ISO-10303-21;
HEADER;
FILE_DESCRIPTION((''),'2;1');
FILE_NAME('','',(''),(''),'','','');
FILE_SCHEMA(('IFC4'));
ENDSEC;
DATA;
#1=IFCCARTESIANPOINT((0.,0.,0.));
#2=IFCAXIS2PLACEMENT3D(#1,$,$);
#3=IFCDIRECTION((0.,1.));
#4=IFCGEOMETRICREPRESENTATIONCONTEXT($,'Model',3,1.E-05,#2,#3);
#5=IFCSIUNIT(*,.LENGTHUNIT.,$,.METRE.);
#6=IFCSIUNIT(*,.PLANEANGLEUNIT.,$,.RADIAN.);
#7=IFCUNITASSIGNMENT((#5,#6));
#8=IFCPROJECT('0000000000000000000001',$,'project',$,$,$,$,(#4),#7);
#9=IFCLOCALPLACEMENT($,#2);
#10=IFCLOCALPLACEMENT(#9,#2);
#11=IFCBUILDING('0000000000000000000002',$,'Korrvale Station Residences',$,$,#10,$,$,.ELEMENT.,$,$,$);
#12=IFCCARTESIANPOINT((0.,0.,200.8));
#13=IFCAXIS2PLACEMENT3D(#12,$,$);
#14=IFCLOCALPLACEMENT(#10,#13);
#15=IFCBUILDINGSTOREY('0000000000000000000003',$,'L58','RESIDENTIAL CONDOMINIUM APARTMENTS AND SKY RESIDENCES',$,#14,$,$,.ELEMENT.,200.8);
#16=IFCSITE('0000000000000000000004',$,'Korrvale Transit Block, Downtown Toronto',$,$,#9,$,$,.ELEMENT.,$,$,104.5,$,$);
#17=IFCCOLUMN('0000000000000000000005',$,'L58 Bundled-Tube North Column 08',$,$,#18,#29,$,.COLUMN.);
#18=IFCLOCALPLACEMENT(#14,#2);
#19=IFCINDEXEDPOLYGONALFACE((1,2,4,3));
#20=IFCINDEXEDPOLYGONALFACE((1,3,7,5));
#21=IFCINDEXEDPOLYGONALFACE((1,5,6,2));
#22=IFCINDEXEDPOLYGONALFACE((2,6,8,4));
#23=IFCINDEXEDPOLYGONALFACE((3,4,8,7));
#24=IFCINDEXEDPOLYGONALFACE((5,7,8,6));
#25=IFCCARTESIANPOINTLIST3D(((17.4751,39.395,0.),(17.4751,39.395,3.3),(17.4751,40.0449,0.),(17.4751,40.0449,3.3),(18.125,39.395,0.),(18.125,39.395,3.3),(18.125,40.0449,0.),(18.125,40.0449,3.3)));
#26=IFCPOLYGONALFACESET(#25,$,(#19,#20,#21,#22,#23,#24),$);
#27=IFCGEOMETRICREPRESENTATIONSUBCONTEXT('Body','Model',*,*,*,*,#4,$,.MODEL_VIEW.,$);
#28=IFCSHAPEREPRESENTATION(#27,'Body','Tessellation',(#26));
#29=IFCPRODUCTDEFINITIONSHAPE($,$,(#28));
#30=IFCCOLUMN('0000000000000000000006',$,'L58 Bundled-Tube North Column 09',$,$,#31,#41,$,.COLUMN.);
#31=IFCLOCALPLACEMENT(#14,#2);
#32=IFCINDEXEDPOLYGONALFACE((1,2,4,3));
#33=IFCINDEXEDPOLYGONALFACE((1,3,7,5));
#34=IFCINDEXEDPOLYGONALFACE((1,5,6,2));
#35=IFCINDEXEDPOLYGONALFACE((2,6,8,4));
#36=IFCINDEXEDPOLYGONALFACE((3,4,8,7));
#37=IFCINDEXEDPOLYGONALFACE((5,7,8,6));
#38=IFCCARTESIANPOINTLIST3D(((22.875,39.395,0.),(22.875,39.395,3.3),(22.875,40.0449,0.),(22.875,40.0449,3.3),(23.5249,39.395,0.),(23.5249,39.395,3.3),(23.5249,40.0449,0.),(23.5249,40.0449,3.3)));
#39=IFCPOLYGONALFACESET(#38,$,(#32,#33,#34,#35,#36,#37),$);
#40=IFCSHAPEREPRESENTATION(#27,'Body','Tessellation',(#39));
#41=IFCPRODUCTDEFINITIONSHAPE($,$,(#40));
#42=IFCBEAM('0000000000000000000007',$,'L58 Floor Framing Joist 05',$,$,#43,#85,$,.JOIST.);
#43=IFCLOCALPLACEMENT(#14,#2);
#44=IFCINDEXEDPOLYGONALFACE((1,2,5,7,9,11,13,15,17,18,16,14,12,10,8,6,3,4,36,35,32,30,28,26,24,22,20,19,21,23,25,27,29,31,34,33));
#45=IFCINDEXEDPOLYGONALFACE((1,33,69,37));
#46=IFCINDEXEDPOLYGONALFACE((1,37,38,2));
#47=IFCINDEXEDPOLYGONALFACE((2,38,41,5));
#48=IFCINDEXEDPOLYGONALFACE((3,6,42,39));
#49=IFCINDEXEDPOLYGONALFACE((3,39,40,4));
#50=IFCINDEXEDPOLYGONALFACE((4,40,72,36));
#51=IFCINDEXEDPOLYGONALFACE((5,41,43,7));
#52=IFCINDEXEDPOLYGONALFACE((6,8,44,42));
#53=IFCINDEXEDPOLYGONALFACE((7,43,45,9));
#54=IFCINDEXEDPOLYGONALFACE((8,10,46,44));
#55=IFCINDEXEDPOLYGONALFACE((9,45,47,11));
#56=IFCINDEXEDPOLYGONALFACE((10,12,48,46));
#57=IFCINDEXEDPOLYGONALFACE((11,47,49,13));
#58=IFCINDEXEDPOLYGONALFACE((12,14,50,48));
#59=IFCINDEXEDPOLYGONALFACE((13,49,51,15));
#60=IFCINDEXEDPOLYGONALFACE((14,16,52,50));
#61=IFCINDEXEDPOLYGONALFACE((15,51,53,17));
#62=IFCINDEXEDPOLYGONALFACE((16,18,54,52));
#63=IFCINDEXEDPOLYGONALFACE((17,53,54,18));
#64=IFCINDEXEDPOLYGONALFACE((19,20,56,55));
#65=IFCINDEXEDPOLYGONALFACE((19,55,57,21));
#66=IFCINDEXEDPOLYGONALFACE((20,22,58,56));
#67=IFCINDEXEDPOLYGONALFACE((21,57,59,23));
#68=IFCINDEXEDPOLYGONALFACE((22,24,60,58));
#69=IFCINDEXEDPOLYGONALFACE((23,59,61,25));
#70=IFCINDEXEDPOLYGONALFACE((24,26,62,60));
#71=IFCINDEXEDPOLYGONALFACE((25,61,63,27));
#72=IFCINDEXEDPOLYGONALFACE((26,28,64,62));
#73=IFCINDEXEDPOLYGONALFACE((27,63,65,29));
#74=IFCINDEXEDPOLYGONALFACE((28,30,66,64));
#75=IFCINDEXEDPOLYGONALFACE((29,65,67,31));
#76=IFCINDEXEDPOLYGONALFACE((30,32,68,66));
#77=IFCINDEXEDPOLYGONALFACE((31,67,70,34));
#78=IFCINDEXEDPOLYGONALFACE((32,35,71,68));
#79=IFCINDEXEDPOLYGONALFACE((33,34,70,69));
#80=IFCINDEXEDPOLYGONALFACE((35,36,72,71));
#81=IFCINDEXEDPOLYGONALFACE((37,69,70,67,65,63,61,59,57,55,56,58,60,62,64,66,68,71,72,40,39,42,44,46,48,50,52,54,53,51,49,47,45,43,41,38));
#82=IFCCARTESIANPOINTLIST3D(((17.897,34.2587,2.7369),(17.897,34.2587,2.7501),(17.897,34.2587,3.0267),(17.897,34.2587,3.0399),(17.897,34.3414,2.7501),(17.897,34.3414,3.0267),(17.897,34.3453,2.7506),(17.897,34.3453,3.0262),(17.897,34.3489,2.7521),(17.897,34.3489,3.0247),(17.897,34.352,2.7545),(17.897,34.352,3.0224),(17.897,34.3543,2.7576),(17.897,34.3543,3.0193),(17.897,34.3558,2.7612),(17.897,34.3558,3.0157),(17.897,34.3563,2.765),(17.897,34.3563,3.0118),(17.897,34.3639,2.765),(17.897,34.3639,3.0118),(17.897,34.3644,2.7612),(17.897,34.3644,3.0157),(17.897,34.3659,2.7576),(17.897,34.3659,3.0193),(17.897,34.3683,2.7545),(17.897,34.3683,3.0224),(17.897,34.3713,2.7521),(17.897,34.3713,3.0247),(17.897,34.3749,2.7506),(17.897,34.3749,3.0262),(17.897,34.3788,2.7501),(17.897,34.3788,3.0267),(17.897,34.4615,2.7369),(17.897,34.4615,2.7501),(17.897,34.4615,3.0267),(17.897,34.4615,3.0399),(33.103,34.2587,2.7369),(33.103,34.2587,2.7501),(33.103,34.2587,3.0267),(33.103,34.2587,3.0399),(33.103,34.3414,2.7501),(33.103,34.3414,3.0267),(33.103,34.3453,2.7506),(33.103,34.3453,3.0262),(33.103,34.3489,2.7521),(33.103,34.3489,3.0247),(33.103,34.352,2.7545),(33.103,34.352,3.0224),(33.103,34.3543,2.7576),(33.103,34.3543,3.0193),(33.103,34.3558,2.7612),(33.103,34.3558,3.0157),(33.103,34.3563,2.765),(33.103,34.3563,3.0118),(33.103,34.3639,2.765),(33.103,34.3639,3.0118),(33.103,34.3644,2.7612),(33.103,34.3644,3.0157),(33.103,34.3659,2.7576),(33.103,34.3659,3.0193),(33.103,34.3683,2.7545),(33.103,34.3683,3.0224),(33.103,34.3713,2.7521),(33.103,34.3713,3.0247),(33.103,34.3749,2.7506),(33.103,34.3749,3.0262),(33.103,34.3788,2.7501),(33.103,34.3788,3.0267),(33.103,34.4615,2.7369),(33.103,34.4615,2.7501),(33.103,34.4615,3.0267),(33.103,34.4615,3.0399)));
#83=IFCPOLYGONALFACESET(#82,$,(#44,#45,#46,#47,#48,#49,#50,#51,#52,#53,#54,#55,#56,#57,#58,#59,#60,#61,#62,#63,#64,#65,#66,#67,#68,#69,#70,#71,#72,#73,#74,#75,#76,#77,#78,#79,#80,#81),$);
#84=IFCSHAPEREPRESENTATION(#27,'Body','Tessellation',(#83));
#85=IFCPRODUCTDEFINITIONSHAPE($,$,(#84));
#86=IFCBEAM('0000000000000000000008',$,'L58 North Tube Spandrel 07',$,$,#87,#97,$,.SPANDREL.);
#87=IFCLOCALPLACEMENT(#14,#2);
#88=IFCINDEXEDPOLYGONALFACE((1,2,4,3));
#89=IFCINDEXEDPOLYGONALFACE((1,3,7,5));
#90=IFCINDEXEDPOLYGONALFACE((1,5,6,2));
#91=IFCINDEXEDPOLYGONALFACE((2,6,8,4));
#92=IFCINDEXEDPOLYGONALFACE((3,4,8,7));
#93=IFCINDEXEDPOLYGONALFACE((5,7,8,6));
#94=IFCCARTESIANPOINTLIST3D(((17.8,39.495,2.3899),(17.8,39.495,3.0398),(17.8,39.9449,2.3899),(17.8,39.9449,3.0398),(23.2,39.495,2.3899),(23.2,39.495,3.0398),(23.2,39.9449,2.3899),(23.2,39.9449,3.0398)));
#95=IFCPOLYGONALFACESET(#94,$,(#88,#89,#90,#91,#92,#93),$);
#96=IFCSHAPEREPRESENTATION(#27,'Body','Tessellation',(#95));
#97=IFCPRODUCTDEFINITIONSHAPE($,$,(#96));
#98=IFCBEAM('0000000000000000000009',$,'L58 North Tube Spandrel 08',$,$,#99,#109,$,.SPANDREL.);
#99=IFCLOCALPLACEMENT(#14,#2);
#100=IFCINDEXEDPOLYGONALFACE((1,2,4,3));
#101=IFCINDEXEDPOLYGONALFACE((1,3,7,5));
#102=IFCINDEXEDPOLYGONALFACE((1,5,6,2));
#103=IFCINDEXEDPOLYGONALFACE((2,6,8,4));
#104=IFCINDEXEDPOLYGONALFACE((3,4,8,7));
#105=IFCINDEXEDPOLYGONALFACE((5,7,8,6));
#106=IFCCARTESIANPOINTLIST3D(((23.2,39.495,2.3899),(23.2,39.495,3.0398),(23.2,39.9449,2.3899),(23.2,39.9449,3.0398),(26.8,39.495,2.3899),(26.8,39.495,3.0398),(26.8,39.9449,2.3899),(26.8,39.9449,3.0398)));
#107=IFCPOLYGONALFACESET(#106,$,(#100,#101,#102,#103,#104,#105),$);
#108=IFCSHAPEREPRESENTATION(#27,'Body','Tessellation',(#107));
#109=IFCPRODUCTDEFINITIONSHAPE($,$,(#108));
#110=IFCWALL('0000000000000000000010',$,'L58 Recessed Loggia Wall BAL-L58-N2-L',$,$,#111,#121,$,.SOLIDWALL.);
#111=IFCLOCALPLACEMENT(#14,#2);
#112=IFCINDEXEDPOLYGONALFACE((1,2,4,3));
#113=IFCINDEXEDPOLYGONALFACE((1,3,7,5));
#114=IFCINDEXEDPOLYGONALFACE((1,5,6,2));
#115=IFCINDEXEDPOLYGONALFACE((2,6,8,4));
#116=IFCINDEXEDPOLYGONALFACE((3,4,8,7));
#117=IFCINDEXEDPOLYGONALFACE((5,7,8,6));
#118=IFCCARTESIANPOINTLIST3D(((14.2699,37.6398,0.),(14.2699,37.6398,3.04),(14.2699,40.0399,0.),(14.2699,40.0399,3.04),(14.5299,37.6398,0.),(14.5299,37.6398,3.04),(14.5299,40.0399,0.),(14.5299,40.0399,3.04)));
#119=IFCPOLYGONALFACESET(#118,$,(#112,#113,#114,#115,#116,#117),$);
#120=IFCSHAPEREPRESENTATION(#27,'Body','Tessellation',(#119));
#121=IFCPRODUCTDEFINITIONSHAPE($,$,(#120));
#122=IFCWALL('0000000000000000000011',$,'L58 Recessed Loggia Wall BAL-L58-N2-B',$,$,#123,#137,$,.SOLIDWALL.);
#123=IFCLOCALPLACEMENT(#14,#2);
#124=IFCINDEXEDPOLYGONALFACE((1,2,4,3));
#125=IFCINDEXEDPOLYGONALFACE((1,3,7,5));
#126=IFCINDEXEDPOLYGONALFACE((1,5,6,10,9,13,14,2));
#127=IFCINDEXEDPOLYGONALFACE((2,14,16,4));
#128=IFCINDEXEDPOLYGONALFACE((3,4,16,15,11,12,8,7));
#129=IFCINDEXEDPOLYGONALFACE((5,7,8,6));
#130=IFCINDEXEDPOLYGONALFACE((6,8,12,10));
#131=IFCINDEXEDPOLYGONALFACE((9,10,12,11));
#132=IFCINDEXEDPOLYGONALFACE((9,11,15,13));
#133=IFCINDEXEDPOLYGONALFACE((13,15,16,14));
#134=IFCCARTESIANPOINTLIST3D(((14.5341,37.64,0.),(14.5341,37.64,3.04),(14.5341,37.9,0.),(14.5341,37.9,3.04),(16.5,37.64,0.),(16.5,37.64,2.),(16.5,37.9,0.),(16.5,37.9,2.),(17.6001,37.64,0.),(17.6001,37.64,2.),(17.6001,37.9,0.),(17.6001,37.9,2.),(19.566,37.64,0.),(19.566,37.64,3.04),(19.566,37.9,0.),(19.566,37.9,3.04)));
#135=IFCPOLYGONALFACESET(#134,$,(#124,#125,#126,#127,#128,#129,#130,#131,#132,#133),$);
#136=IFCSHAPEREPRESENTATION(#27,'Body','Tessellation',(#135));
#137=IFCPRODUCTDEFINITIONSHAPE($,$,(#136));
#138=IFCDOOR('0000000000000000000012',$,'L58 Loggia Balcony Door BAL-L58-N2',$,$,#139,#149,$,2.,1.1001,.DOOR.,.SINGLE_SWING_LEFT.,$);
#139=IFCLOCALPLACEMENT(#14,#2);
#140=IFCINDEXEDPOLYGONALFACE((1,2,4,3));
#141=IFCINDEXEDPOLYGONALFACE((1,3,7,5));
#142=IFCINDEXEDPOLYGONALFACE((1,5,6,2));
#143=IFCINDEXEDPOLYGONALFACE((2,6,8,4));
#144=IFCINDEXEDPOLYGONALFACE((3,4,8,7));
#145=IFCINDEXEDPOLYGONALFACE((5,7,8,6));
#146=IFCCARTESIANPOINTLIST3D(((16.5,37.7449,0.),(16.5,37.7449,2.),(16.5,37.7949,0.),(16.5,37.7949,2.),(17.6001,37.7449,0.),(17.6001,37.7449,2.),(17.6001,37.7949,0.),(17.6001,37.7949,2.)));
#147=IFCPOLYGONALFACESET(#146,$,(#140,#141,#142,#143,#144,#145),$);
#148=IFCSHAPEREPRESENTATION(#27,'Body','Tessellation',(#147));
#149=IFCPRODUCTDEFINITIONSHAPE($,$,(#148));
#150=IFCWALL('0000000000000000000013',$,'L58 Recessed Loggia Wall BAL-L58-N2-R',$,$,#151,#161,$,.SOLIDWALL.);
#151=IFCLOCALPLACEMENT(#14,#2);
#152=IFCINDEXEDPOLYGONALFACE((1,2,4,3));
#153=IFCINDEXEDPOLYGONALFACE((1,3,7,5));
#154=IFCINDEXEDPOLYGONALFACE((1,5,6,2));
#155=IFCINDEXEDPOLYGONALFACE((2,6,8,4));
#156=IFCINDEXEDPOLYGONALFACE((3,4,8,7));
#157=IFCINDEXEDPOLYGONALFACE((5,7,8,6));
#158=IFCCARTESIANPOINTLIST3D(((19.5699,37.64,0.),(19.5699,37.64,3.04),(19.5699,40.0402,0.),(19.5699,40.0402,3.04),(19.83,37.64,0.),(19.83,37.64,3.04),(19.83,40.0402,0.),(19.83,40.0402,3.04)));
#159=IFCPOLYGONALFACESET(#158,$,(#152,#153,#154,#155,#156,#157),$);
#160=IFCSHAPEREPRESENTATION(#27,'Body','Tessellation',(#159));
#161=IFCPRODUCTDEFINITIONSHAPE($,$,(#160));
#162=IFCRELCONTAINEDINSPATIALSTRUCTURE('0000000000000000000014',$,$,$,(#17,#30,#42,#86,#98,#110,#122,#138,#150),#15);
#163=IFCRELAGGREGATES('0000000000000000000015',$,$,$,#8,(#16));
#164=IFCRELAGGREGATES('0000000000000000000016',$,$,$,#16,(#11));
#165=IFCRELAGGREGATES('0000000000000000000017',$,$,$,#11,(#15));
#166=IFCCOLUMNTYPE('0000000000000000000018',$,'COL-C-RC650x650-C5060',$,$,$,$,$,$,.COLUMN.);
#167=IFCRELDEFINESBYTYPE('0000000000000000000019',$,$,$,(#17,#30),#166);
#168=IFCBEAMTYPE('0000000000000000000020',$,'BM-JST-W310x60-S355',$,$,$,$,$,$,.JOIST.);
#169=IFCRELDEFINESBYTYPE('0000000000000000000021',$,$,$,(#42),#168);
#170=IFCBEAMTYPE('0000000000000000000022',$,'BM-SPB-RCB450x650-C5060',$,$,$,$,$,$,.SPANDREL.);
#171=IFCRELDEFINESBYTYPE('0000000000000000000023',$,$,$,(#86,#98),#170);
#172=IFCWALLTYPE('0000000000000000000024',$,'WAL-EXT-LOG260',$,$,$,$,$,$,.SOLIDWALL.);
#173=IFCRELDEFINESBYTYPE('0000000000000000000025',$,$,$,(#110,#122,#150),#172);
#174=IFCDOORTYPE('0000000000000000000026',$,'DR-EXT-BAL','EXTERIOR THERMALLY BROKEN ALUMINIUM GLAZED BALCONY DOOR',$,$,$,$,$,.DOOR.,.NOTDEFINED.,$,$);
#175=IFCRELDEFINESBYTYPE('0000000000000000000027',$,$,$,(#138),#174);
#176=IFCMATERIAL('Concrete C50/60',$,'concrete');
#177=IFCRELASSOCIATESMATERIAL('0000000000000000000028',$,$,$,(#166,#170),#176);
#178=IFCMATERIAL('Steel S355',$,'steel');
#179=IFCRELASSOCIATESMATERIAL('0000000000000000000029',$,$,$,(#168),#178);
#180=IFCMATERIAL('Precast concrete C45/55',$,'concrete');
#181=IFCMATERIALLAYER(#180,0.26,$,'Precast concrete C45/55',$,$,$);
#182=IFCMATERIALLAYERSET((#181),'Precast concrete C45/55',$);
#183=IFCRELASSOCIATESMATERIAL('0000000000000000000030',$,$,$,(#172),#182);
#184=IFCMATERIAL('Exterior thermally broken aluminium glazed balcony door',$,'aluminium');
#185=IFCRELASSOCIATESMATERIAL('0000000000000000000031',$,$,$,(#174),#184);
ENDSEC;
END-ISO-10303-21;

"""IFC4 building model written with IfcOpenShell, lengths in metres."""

from ifc_helpers import new_model, si_unit, direction, frame, frame_2d, origin, origin_2d, place, context, subcontext, project, spatial, rectangle, i_section, extrude, material, layer, layer_set, material_profile, profile_set, type_object, element, fill, save


model = new_model("IFC4")

# Units and contexts
model_context = context("Model", 3, precision=1e-05, world=origin(), true_north=direction((0.0, 1.0)))
body_context = subcontext(model_context, "Body", "Model", "MODEL_VIEW")
ifc_project = project(units=[si_unit("LENGTHUNIT", "METRE"), si_unit("PLANEANGLEUNIT", "RADIAN")], contexts=[model_context])

# Site, building, storey
site_placement = place(None, origin())
site = spatial("IfcSite", under=ifc_project, at=site_placement, Name="Korrvale Transit Block, Downtown Toronto", CompositionType="ELEMENT", RefElevation=104.5)
building_placement = place(site_placement, origin())
building = spatial("IfcBuilding", under=site, at=building_placement, Name="Korrvale Station Residences", CompositionType="ELEMENT")
storey_placement = place(building_placement, frame((0.0, 0.0, 200.8)))
storey = spatial("IfcBuildingStorey", under=building, at=storey_placement, Name="L58", Description="RESIDENTIAL CONDOMINIUM APARTMENTS AND SKY RESIDENCES", CompositionType="ELEMENT", Elevation=200.8)

# Columns
ifc_material_1 = material(Name="Concrete C50/60", Category="concrete")
ifc_material_profile_1 = material_profile(ifc_material_1, rectangle(XDim=0.6499, YDim=0.6499, at=origin_2d()), Name="RC650x650")
ifc_profile_set_1 = profile_set([ifc_material_profile_1], Name="Concrete C50/60")
column_type = type_object("IfcColumnType", Name="COL-C-RC650x650-C5060", PredefinedType="COLUMN", material=ifc_profile_set_1)
for number, where, z_axis, x_axis, name in (
    (1, (17.8, 39.72, 0.0), (0.0, 0.0, 1.0), (1.0, 0.0, 0.0), "L58 Bundled-Tube North Column 08"),
    (2, (23.2, 39.72, 0.0), (0.0, 0.0, 1.0), (1.0, 0.0, 0.0), "L58 Bundled-Tube North Column 09"),
):
    element("IfcColumn", number, at=place(storey_placement, frame(where, z_axis=z_axis, x_axis=x_axis)), inside=storey, type_object=column_type, Name=name, PredefinedType="COLUMN", context=body_context, shape_type="SweptSolid", body=[
        extrude(rectangle(XDim=0.6499, YDim=0.6499, at=origin_2d()), origin(), (0.0, 0.0, 1.0), 3.3),
    ])

# Beams
ifc_material_2 = material(Name="Steel S355", Category="steel")
ifc_material_profile_2 = material_profile(ifc_material_2, i_section(OverallWidth=0.2029, OverallDepth=0.303, WebThickness=0.0076, FlangeThickness=0.0132, FilletRadius=0.0149, at=origin_2d()), Name="W310x60")
ifc_profile_set_2 = profile_set([ifc_material_profile_2], Name="Steel S355")
beam_type_1 = type_object("IfcBeamType", Name="BM-JST-W310x60-S355", PredefinedType="JOIST", material=ifc_profile_set_2)
beam_1_placement = place(storey_placement, frame((17.897, 34.3601, 2.8884), z_axis=(1.0, 0.0, 0.0), x_axis=(0.0, 1.0, 0.0)))
element("IfcBeam", 3, at=beam_1_placement, inside=storey, type_object=beam_type_1, Name="L58 Floor Framing Joist 05", PredefinedType="JOIST", context=body_context, shape_type="SweptSolid", body=[
    extrude(i_section(OverallWidth=0.2029, OverallDepth=0.303, WebThickness=0.0076, FlangeThickness=0.0132, FilletRadius=0.0149, at=origin_2d()), origin(), (0.0, 0.0, 1.0), 15.2061),
])
ifc_material_profile_3 = material_profile(ifc_material_1, rectangle(XDim=0.45, YDim=0.6499, at=origin_2d()), Name="RCB450x650")
ifc_profile_set_3 = profile_set([ifc_material_profile_3], Name="Concrete C50/60")
beam_type_2 = type_object("IfcBeamType", Name="BM-SPB-RCB450x650-C5060", PredefinedType="SPANDREL", material=ifc_profile_set_3)
beam_2_placement = place(storey_placement, frame((17.8, 39.72, 2.7148), z_axis=(1.0, 0.0, 0.0), x_axis=(0.0, 1.0, 0.0)))
element("IfcBeam", 4, at=beam_2_placement, inside=storey, type_object=beam_type_2, Name="L58 North Tube Spandrel 07", PredefinedType="SPANDREL", context=body_context, shape_type="SweptSolid", body=[
    extrude(rectangle(XDim=0.45, YDim=0.6499, at=origin_2d()), origin(), (0.0, 0.0, 1.0), 5.3999),
])
beam_3_placement = place(storey_placement, frame((23.2, 39.72, 2.7148), z_axis=(1.0, 0.0, 0.0), x_axis=(0.0, 1.0, 0.0)))
element("IfcBeam", 5, at=beam_3_placement, inside=storey, type_object=beam_type_2, Name="L58 North Tube Spandrel 08", PredefinedType="SPANDREL", context=body_context, shape_type="SweptSolid", body=[
    extrude(rectangle(XDim=0.45, YDim=0.6499, at=origin_2d()), origin(), (0.0, 0.0, 1.0), 3.6001),
])

# Wall
ifc_material_3 = material(Name="Precast concrete C45/55", Category="concrete")
ifc_layer_1 = layer(ifc_material_3, 0.26, Name="Precast concrete C45/55")
ifc_layer_set_1 = layer_set([ifc_layer_1], Name="Precast concrete C45/55")
wall_type_1 = type_object("IfcWallType", Name="WAL-EXT-LOG260", PredefinedType="SOLIDWALL", material=ifc_layer_set_1)
wall_1_placement = place(storey_placement, frame((14.3999, 40.04, 0.0), z_axis=(0.0, 0.0, 1.0), x_axis=(0.0, -1.0, 0.0)))
element("IfcWall", 6, at=wall_1_placement, inside=storey, type_object=wall_type_1, Name="L58 Recessed Loggia Wall BAL-L58-N2-L", PredefinedType="SOLIDWALL", context=body_context, shape_type="SweptSolid", body=[
    extrude(rectangle(XDim=2.4001, YDim=0.26, at=frame_2d((1.2002, 0.0))), origin(), (0.0, 0.0, 1.0), 3.04),
])

# Wall, opening, door
wall_2_placement = place(storey_placement, frame((14.5339, 37.77, 0.0), z_axis=(0.0, 0.0, 1.0), x_axis=(1.0, 0.0, 0.0)))
wall_2 = element("IfcWall", 7, at=wall_2_placement, inside=storey, type_object=wall_type_1, Name="L58 Recessed Loggia Wall BAL-L58-N2-B", PredefinedType="SOLIDWALL", context=body_context, shape_type="SweptSolid", body=[
    extrude(rectangle(XDim=5.032, YDim=0.26, at=frame_2d((2.5161, 0.0))), origin(), (0.0, 0.0, 1.0), 3.04),
])
opening_1_placement = place(wall_2_placement, frame((1.9661, 0.0, 0.0)))
opening_1 = element("IfcOpeningElement", 8, at=opening_1_placement, cuts=wall_2, PredefinedType="OPENING", context=body_context, shape_type="SweptSolid", body=[
    extrude(rectangle(XDim=1.1001, YDim=2.0, at=frame_2d((0.55, 1.0))), frame((0.0, 0.1401, 0.0), z_axis=(0.0, -1.0, 0.0), x_axis=(1.0, 0.0, 0.0)), (0.0, 0.0, 1.0), 0.28),
])
ifc_material_4 = material(Name="Exterior thermally broken aluminium glazed balcony door", Category="aluminium")
door_type = type_object("IfcDoorType", Name="DR-EXT-BAL", Description="EXTERIOR THERMALLY BROKEN ALUMINIUM GLAZED BALCONY DOOR", OperationType="NOTDEFINED", PredefinedType="DOOR", material=ifc_material_4)
door_placement = place(opening_1_placement, origin())
door = element("IfcDoor", 9, at=door_placement, inside=storey, type_object=door_type, Name="L58 Loggia Balcony Door BAL-L58-N2", OperationType="SINGLE_SWING_LEFT", OverallHeight=2.0, OverallWidth=1.1001, PredefinedType="DOOR", context=body_context, shape_type="SweptSolid", body=[
    extrude(rectangle(XDim=1.1001, YDim=2.0, at=frame_2d((0.55, 1.0))), frame((0.0, 0.0249, 0.0), z_axis=(0.0, -1.0, 0.0), x_axis=(1.0, 0.0, 0.0)), (0.0, 0.0, 1.0), 0.05),
])
fill(opening_1, door)

# Wall
wall_3_placement = place(storey_placement, frame((19.7, 37.6399, 0.0), z_axis=(0.0, 0.0, 1.0), x_axis=(0.0, 1.0, 0.0)))
element("IfcWall", 10, at=wall_3_placement, inside=storey, type_object=wall_type_1, Name="L58 Recessed Loggia Wall BAL-L58-N2-R", PredefinedType="SOLIDWALL", context=body_context, shape_type="SweptSolid", body=[
    extrude(rectangle(XDim=2.4001, YDim=0.26, at=frame_2d((1.2002, 0.0))), origin(), (0.0, 0.0, 1.0), 3.04),
])

save(model, "model.ifc")
